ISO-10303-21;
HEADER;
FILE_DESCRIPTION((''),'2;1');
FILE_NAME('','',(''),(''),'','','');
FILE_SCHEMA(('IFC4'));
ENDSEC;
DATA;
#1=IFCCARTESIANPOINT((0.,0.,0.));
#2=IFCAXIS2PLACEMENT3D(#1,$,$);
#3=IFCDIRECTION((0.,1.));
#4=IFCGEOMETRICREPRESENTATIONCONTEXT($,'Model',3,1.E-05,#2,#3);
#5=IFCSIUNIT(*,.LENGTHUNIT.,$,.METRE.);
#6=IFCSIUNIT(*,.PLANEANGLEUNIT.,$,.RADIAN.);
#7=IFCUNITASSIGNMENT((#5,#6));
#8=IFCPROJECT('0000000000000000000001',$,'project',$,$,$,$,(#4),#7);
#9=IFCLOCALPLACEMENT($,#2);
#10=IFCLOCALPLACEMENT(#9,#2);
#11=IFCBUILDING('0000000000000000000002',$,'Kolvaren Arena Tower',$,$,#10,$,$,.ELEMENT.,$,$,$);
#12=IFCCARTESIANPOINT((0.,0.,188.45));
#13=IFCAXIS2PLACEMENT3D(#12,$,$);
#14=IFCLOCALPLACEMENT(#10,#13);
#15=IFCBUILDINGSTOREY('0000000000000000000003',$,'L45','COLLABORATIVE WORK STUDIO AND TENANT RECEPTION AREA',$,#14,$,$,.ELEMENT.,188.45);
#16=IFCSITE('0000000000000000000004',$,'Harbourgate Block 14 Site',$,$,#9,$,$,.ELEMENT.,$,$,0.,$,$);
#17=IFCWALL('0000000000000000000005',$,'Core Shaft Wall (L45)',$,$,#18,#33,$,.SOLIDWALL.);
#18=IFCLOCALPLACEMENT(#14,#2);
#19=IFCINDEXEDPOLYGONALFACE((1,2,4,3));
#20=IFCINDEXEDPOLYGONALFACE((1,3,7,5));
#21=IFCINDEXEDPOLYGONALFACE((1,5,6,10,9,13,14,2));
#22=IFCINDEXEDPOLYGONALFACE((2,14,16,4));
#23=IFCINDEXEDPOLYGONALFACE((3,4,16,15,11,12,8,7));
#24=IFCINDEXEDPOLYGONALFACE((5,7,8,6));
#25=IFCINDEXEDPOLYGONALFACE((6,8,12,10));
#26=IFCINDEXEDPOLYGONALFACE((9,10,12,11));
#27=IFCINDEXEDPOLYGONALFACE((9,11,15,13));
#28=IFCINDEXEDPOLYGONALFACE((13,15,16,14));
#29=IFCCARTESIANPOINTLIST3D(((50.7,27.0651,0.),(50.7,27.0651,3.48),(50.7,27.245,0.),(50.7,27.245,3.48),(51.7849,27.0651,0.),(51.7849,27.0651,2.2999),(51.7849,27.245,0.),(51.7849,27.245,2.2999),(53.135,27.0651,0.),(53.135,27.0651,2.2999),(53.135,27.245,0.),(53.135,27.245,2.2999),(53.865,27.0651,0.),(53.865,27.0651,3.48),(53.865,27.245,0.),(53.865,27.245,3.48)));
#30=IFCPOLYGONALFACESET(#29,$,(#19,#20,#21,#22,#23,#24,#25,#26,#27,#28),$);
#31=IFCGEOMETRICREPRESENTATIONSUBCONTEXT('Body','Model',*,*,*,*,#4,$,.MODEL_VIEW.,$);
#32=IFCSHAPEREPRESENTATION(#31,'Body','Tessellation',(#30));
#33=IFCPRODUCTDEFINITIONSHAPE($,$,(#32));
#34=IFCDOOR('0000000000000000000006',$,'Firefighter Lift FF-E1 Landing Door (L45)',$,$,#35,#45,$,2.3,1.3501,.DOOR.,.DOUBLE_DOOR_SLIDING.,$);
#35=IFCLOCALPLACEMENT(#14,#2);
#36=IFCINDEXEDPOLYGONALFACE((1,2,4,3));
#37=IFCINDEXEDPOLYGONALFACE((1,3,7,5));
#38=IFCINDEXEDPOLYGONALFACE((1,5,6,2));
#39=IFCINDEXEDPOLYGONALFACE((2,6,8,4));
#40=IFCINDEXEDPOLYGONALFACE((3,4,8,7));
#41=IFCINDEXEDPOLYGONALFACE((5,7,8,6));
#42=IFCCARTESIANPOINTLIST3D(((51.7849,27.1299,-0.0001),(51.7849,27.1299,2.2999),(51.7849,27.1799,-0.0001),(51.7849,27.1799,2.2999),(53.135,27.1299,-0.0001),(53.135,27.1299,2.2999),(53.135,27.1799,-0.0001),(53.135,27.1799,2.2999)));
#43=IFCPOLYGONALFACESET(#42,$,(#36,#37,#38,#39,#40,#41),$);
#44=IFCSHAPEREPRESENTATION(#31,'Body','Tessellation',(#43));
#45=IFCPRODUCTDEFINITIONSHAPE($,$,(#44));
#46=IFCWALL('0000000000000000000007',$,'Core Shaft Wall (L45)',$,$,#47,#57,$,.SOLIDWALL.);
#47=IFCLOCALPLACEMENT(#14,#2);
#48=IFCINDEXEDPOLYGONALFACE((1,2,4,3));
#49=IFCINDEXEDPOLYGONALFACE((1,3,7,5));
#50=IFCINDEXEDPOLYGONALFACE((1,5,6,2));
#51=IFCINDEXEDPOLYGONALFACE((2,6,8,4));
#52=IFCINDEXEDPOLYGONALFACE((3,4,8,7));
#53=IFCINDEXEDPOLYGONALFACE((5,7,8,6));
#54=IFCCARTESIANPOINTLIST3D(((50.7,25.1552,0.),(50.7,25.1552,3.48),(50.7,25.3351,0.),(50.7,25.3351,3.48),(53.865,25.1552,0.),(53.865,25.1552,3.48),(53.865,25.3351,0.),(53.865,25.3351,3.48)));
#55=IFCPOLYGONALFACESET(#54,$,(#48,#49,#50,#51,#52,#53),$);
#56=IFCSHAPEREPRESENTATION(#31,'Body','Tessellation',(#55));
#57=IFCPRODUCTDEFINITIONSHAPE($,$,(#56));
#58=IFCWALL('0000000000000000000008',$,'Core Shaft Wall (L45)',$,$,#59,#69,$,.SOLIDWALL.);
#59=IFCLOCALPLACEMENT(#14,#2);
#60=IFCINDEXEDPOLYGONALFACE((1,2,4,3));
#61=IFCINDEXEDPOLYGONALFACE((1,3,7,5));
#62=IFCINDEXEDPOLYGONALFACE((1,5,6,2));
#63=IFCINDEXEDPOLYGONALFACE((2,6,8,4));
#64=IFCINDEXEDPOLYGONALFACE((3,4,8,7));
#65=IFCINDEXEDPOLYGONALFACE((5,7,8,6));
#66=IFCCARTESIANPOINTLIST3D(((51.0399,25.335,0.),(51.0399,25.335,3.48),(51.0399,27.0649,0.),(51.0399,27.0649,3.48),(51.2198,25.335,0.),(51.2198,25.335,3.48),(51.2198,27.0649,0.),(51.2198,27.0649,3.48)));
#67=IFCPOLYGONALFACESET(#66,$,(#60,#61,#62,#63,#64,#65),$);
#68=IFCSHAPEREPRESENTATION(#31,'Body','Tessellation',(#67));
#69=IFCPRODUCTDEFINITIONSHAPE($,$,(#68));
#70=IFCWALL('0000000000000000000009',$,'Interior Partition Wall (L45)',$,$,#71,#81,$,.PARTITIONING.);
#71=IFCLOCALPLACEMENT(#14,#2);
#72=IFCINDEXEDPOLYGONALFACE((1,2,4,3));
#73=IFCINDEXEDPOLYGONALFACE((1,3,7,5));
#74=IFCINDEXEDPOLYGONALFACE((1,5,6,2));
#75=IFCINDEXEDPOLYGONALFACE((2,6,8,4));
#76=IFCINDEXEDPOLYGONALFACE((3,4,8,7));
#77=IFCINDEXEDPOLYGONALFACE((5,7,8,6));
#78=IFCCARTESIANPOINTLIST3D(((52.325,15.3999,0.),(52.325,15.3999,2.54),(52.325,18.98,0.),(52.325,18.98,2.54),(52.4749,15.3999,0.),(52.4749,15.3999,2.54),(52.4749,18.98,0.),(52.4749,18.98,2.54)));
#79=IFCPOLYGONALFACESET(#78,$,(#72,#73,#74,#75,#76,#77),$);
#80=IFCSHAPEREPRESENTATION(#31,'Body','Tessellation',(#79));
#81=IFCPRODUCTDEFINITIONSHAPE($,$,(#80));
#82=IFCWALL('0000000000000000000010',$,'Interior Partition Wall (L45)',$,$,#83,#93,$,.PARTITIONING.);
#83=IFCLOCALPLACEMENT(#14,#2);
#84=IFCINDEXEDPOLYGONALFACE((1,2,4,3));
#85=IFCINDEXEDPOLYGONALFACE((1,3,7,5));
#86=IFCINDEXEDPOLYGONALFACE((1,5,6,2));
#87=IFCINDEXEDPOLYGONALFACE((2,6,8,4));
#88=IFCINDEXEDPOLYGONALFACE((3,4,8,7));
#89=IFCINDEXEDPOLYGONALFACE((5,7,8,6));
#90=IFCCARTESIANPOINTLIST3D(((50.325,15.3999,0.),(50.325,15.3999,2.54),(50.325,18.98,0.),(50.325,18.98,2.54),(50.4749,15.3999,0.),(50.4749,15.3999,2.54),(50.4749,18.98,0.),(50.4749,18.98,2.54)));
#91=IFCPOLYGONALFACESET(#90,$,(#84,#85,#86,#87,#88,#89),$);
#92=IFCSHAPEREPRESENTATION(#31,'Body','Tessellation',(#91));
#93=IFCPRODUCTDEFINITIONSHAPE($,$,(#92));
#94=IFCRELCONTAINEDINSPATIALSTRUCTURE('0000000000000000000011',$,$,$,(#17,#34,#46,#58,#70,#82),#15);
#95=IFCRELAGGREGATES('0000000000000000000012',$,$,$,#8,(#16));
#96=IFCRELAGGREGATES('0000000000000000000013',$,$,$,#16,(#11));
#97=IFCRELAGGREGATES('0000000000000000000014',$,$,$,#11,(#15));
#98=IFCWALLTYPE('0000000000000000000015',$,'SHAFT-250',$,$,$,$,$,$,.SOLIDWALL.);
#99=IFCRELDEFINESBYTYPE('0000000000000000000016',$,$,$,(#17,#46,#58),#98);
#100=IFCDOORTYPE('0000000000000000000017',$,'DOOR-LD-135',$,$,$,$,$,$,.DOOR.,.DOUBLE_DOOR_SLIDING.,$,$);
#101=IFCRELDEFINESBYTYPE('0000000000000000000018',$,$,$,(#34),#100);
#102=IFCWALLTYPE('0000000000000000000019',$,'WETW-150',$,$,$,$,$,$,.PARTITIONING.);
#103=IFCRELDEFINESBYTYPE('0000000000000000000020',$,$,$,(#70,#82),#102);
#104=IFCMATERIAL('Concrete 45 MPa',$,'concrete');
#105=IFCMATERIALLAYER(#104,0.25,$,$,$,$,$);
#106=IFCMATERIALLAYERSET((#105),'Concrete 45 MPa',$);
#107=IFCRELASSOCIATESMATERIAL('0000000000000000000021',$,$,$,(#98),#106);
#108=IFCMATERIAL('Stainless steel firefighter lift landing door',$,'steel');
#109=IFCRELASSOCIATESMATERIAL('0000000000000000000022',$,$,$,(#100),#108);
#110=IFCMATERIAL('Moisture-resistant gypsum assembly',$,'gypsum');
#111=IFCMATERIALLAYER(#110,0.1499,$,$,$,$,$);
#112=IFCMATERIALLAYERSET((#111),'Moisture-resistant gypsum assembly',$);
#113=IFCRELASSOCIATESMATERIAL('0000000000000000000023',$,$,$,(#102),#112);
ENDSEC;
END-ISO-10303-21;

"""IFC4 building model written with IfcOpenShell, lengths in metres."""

from ifc_helpers import new_model, si_unit, direction, frame, frame_2d, origin, place, context, subcontext, project, spatial, rectangle, extrude, material, layer, layer_set, type_object, element, fill, save


model = new_model("IFC4")

# Units and contexts
model_context = context("Model", 3, precision=1e-05, world=origin(), true_north=direction((0.0, 1.0)))
body_context = subcontext(model_context, "Body", "Model", "MODEL_VIEW")
ifc_project = project(units=[si_unit("LENGTHUNIT", "METRE"), si_unit("PLANEANGLEUNIT", "RADIAN")], contexts=[model_context])

# Site, building, storey
site_placement = place(None, origin())
site = spatial("IfcSite", under=ifc_project, at=site_placement, Name="Harbourgate Block 14 Site", CompositionType="ELEMENT", RefElevation=0.0)
building_placement = place(site_placement, origin())
building = spatial("IfcBuilding", under=site, at=building_placement, Name="Kolvaren Arena Tower", CompositionType="ELEMENT")
storey_placement = place(building_placement, frame((0.0, 0.0, 188.45)))
storey = spatial("IfcBuildingStorey", under=building, at=storey_placement, Name="L45", Description="COLLABORATIVE WORK STUDIO AND TENANT RECEPTION AREA", CompositionType="ELEMENT", Elevation=188.45)

# Shared definitions
ifc_material_1 = material(Name="Concrete 45 MPa", Category="concrete")
ifc_layer_1 = layer(ifc_material_1, 0.25)
ifc_layer_set_1 = layer_set([ifc_layer_1], Name="Concrete 45 MPa")
wall_type_1 = type_object("IfcWallType", Name="SHAFT-250", PredefinedType="SOLIDWALL", material=ifc_layer_set_1)

# Wall, opening, door
wall_1_placement = place(storey_placement, frame((50.7, 27.155, 0.0), z_axis=(0.0, 0.0, 1.0), x_axis=(1.0, 0.0, 0.0)))
wall_1 = element("IfcWall", 1, at=wall_1_placement, inside=storey, type_object=wall_type_1, Name="Core Shaft Wall (L45)", PredefinedType="SOLIDWALL", context=body_context, shape_type="SweptSolid", body=[
    extrude(rectangle(XDim=3.165, YDim=0.1799, at=frame_2d((1.5825, 0.0))), origin(), (0.0, 0.0, 1.0), 3.48),
])
opening_1_placement = place(wall_1_placement, frame((1.085, 0.0, 0.0)))
opening_1 = element("IfcOpeningElement", 2, at=opening_1_placement, cuts=wall_1, PredefinedType="OPENING", context=body_context, shape_type="SweptSolid", body=[
    extrude(rectangle(XDim=1.3501, YDim=2.3, at=frame_2d((0.675, 1.1499))), frame((0.0, 0.0999, 0.0), z_axis=(0.0, -1.0, 0.0), x_axis=(1.0, 0.0, 0.0)), (0.0, 0.0, 1.0), 0.2),
])
ifc_material_2 = material(Name="Stainless steel firefighter lift landing door", Category="steel")
door_type_1 = type_object("IfcDoorType", Name="DOOR-LD-135", OperationType="DOUBLE_DOOR_SLIDING", PredefinedType="DOOR", material=ifc_material_2)
door_1_placement = place(opening_1_placement, origin())
door_1 = element("IfcDoor", 3, at=door_1_placement, inside=storey, type_object=door_type_1, Name="Firefighter Lift FF-E1 Landing Door (L45)", OperationType="DOUBLE_DOOR_SLIDING", OverallHeight=2.3, OverallWidth=1.3501, PredefinedType="DOOR", context=body_context, shape_type="SweptSolid", body=[
    extrude(rectangle(XDim=1.3501, YDim=2.3, at=frame_2d((0.675, 1.1499))), frame((0.0, 0.0249, 0.0), z_axis=(0.0, -1.0, 0.0), x_axis=(1.0, 0.0, 0.0)), (0.0, 0.0, 1.0), 0.05),
])
fill(opening_1, door_1)

# Walls
wall_2_placement = place(storey_placement, frame((50.7, 25.2451, 0.0), z_axis=(0.0, 0.0, 1.0), x_axis=(1.0, 0.0, 0.0)))
element("IfcWall", 4, at=wall_2_placement, inside=storey, type_object=wall_type_1, Name="Core Shaft Wall (L45)", PredefinedType="SOLIDWALL", context=body_context, shape_type="SweptSolid", body=[
    extrude(rectangle(XDim=3.165, YDim=0.1799, at=frame_2d((1.5825, 0.0))), origin(), (0.0, 0.0, 1.0), 3.48),
])
wall_3_placement = place(storey_placement, frame((51.1299, 25.335, 0.0), z_axis=(0.0, 0.0, 1.0), x_axis=(0.0, 1.0, 0.0)))
element("IfcWall", 5, at=wall_3_placement, inside=storey, type_object=wall_type_1, Name="Core Shaft Wall (L45)", PredefinedType="SOLIDWALL", context=body_context, shape_type="SweptSolid", body=[
    extrude(rectangle(XDim=1.73, YDim=0.1799, at=frame_2d((0.865, 0.0))), origin(), (0.0, 0.0, 1.0), 3.48),
])
ifc_material_3 = material(Name="Moisture-resistant gypsum assembly", Category="gypsum")
ifc_layer_2 = layer(ifc_material_3, 0.1499)
ifc_layer_set_2 = layer_set([ifc_layer_2], Name="Moisture-resistant gypsum assembly")
wall_type_2 = type_object("IfcWallType", Name="WETW-150", PredefinedType="PARTITIONING", material=ifc_layer_set_2)
for number, where, z_axis, x_axis, name in (
    (6, (52.3999, 15.3999, 0.0), (0.0, 0.0, 1.0), (0.0, 1.0, 0.0), "Interior Partition Wall (L45)"),
    (7, (50.3999, 15.3999, 0.0), (0.0, 0.0, 1.0), (0.0, 1.0, 0.0), "Interior Partition Wall (L45)"),
):
    element("IfcWall", number, at=place(storey_placement, frame(where, z_axis=z_axis, x_axis=x_axis)), inside=storey, type_object=wall_type_2, Name=name, PredefinedType="PARTITIONING", context=body_context, shape_type="SweptSolid", body=[
        extrude(rectangle(XDim=3.5801, YDim=0.1499, at=frame_2d((1.79, 0.0))), origin(), (0.0, 0.0, 1.0), 2.54),
    ])

save(model, "model.ifc")
